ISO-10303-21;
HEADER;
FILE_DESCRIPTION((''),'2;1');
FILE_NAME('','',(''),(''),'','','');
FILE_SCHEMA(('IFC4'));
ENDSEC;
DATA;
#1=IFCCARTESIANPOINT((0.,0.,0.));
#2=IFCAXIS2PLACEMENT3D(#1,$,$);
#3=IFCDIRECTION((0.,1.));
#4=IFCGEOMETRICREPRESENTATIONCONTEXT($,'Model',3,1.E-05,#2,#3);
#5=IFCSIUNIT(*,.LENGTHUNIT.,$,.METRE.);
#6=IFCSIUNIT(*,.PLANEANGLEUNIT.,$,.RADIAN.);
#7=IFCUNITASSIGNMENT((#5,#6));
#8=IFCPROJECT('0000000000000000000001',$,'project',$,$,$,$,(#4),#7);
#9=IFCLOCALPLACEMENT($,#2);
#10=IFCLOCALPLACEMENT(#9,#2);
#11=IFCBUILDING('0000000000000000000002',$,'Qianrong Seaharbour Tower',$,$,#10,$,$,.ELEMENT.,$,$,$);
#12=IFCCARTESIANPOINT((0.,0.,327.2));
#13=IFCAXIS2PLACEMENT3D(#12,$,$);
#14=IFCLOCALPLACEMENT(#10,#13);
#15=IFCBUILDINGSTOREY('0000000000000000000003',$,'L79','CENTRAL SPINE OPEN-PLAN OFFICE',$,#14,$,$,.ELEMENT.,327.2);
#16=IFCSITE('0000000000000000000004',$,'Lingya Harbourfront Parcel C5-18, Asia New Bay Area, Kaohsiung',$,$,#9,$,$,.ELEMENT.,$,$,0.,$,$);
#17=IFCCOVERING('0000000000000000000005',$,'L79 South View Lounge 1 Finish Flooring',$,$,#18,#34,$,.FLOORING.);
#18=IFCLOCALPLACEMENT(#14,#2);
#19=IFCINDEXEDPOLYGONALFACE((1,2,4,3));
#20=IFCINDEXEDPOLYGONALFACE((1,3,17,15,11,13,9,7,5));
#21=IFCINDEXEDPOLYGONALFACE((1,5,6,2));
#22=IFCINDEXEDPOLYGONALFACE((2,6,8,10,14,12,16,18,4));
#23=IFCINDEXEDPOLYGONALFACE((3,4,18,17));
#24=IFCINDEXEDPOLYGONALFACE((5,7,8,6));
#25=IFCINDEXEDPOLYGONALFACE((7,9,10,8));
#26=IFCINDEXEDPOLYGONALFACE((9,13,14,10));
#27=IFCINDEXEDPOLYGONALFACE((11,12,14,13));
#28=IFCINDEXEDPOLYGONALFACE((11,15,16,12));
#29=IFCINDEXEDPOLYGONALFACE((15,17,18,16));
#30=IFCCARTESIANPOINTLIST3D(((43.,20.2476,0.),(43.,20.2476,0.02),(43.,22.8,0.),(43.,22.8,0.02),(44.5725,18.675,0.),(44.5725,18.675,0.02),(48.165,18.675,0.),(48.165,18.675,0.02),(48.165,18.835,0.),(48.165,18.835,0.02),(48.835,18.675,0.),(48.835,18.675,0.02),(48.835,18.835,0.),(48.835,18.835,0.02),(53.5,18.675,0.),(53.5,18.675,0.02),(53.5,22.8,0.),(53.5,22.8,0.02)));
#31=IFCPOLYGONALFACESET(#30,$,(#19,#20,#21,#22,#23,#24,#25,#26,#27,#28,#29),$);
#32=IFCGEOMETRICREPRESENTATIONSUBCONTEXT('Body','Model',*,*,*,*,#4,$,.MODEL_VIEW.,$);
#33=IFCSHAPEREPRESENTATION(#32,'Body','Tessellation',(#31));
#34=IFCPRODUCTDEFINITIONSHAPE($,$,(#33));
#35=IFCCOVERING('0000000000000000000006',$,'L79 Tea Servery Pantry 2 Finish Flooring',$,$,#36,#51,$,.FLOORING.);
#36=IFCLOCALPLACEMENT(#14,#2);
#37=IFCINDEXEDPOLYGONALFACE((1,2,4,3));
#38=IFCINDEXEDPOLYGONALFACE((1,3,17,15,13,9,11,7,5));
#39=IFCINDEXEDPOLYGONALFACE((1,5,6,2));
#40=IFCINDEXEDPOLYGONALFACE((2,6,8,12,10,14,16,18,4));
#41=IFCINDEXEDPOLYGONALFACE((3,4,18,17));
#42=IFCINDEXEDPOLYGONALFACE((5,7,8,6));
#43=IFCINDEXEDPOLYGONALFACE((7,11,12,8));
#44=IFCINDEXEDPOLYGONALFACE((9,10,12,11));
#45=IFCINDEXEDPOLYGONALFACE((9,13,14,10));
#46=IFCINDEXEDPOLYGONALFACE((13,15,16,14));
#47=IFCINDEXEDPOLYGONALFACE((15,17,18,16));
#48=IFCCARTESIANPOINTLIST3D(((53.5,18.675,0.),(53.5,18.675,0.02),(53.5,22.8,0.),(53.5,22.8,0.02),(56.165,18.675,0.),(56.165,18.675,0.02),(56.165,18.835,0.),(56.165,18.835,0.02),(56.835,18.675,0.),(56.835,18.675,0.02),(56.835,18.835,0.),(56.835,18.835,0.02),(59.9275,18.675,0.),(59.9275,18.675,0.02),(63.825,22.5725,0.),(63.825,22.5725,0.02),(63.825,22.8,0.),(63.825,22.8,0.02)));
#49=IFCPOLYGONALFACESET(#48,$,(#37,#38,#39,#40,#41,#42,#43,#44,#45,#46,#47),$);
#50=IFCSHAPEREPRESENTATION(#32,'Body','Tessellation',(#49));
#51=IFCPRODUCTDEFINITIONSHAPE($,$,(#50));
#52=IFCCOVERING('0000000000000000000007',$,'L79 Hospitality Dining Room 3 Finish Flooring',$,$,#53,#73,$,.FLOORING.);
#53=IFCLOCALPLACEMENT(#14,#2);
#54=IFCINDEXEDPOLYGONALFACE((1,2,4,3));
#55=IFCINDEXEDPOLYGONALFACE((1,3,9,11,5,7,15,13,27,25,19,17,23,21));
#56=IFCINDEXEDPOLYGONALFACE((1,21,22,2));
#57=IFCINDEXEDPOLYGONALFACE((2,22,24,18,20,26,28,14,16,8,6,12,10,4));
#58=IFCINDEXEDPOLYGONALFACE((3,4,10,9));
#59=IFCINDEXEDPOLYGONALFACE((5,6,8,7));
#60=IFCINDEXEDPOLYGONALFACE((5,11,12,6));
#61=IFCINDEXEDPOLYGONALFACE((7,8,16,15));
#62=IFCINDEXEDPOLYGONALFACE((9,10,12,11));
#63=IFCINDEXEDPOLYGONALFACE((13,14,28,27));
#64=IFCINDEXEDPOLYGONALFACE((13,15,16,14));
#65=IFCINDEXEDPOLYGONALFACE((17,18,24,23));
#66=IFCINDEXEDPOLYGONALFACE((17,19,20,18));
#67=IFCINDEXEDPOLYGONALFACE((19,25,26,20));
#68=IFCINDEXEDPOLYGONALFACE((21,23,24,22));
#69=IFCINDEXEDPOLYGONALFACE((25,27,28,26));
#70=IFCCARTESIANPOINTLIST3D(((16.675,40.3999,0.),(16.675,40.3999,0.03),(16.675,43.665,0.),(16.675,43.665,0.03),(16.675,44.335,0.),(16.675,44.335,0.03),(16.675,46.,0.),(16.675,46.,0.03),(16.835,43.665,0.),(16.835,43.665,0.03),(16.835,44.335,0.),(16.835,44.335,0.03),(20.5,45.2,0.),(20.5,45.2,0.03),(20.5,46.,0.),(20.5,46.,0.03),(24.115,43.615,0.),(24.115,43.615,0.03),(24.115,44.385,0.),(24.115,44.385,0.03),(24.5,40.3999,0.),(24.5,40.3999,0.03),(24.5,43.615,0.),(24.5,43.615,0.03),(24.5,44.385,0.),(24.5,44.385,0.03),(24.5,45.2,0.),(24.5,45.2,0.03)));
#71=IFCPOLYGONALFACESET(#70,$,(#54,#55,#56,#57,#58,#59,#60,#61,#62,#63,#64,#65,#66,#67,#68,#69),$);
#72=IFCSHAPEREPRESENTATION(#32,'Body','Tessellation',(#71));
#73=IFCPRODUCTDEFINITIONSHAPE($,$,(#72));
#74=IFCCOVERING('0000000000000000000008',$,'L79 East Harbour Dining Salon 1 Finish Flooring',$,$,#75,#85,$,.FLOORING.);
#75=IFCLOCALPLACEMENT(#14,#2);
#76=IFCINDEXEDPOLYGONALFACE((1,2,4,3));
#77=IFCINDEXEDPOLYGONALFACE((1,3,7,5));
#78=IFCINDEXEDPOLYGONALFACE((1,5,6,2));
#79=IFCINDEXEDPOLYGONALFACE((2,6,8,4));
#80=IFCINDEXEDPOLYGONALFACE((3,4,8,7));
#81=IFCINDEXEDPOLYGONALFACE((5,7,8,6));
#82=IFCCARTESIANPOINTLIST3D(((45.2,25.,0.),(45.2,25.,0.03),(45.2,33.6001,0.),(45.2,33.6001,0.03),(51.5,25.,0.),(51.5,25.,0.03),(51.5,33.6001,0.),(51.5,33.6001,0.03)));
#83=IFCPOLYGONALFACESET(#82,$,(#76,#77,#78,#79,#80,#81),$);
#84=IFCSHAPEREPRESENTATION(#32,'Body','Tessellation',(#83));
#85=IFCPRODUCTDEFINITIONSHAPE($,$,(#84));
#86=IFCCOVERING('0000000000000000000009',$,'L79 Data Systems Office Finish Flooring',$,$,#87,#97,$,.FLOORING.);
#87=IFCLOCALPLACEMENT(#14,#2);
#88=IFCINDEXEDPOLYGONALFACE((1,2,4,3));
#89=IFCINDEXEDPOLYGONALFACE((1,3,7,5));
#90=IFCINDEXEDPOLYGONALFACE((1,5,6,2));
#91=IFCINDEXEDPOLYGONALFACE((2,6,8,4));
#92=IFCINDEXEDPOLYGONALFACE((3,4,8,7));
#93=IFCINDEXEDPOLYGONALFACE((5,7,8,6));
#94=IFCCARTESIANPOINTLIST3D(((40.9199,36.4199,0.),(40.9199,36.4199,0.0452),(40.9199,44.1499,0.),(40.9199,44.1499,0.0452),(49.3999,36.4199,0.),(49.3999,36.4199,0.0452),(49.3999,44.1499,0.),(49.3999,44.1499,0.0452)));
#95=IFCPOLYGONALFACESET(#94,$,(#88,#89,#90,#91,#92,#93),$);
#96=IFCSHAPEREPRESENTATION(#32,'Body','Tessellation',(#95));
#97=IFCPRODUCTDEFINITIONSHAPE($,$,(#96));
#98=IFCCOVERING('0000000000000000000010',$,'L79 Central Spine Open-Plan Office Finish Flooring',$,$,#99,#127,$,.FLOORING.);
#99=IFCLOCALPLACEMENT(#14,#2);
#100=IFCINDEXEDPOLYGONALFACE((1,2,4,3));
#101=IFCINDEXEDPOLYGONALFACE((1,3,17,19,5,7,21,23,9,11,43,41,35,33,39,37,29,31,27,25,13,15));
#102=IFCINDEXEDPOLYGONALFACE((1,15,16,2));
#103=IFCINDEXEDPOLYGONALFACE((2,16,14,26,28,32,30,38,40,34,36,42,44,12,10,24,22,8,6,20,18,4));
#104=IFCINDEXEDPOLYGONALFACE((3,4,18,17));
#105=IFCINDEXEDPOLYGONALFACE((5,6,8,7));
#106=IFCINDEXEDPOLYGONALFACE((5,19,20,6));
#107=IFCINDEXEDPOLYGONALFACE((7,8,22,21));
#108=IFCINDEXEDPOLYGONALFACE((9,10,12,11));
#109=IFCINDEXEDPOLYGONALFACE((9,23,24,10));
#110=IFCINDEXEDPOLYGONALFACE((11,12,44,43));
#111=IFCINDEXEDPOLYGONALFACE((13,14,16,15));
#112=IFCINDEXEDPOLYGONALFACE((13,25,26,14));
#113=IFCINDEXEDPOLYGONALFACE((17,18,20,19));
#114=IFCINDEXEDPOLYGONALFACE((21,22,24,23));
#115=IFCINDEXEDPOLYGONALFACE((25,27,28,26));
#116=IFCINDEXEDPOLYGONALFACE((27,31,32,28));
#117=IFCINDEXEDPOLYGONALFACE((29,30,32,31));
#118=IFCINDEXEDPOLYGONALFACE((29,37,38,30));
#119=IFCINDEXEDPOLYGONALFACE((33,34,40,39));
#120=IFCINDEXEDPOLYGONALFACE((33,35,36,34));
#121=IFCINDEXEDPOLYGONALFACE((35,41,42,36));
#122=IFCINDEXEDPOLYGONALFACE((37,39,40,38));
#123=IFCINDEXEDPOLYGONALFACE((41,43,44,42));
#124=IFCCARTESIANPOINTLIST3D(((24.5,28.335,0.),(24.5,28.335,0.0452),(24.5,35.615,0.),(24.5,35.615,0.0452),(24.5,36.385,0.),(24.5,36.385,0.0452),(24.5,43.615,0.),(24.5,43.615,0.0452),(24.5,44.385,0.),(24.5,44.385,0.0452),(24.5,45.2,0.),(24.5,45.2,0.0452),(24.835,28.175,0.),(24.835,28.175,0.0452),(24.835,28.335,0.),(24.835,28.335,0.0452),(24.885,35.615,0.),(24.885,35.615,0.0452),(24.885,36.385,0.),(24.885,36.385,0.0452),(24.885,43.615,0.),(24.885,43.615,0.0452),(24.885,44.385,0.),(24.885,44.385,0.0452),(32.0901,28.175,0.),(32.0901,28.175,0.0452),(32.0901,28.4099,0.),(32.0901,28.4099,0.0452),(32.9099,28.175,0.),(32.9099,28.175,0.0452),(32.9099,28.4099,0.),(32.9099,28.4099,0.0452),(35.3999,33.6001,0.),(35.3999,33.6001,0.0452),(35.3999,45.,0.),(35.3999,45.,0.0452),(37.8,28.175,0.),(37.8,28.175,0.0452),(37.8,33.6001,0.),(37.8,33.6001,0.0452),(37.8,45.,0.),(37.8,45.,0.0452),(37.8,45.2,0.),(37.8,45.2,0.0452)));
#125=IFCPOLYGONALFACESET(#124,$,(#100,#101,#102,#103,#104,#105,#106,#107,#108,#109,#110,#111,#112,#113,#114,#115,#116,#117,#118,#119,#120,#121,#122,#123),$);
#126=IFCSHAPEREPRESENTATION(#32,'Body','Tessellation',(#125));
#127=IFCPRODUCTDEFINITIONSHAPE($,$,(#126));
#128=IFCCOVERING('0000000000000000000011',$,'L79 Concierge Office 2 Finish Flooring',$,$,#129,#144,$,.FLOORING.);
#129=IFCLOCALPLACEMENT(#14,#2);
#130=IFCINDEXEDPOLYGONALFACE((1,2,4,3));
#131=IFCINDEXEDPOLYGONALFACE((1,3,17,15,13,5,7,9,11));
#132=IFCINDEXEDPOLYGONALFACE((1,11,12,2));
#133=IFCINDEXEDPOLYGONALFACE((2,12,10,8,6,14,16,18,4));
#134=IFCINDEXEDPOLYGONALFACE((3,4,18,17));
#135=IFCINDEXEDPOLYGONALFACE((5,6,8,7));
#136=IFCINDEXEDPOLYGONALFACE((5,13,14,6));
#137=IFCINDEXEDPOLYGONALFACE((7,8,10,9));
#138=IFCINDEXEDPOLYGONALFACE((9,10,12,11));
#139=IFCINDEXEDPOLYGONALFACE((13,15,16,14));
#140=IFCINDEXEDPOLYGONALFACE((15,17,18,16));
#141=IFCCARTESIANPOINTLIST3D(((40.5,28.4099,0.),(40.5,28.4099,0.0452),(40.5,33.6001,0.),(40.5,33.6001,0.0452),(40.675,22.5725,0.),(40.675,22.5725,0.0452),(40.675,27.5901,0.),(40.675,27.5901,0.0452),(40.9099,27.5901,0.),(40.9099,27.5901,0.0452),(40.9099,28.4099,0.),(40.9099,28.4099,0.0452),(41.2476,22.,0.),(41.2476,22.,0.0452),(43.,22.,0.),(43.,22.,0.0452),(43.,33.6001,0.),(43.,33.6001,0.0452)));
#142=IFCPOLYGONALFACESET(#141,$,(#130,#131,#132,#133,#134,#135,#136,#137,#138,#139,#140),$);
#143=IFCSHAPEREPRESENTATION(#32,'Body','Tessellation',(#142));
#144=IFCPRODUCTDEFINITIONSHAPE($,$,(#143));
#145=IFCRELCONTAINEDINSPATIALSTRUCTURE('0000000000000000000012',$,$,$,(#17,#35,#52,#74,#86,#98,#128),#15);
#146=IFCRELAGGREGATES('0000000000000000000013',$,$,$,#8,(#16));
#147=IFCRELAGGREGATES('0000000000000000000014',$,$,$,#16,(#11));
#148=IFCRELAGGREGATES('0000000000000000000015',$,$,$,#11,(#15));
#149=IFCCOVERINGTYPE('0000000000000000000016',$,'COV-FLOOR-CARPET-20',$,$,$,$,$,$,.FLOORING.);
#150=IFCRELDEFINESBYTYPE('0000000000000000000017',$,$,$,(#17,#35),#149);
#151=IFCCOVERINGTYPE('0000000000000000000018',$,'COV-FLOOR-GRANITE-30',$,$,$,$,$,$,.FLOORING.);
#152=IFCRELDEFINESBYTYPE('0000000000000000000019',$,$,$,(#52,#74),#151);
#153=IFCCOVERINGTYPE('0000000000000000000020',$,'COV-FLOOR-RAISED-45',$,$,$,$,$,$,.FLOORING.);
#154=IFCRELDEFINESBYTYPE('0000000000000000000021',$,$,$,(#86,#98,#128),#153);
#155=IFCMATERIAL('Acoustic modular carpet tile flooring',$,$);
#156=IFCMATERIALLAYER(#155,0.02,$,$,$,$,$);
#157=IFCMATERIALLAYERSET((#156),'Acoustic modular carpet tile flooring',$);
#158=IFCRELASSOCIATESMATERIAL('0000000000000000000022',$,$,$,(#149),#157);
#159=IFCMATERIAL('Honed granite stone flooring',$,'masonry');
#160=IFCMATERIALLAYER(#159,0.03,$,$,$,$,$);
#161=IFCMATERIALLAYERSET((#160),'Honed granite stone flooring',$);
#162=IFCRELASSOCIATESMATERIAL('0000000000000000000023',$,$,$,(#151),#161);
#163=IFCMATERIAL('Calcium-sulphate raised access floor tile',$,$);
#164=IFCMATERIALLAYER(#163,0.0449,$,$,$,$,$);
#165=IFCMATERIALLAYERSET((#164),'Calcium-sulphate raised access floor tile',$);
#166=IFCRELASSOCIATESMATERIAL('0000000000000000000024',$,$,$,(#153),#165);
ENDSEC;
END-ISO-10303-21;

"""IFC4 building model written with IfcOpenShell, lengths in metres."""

from ifc_helpers import new_model, si_unit, direction, frame, origin, place, context, subcontext, project, spatial, polyline, outline, extrude, material, layer, layer_set, type_object, element, save


model = new_model("IFC4")

# Units and contexts
model_context = context("Model", 3, precision=1e-05, world=origin(), true_north=direction((0.0, 1.0)))
body_context = subcontext(model_context, "Body", "Model", "MODEL_VIEW")
ifc_project = project(units=[si_unit("LENGTHUNIT", "METRE"), si_unit("PLANEANGLEUNIT", "RADIAN")], contexts=[model_context])

# Site, building, storey
site_placement = place(None, origin())
site = spatial("IfcSite", under=ifc_project, at=site_placement, Name="Lingya Harbourfront Parcel C5-18, Asia New Bay Area, Kaohsiung", CompositionType="ELEMENT", RefElevation=0.0)
building_placement = place(site_placement, origin())
building = spatial("IfcBuilding", under=site, at=building_placement, Name="Qianrong Seaharbour Tower", CompositionType="ELEMENT")
storey_placement = place(building_placement, frame((0.0, 0.0, 327.2)))
storey = spatial("IfcBuildingStorey", under=building, at=storey_placement, Name="L79", Description="CENTRAL SPINE OPEN-PLAN OFFICE", CompositionType="ELEMENT", Elevation=327.2)

# Coverings
ifc_material_1 = material(Name="Acoustic modular carpet tile flooring")
ifc_layer_1 = layer(ifc_material_1, 0.02)
ifc_layer_set_1 = layer_set([ifc_layer_1], Name="Acoustic modular carpet tile flooring")
covering_type_1 = type_object("IfcCoveringType", Name="COV-FLOOR-CARPET-20", PredefinedType="FLOORING", material=ifc_layer_set_1)
covering_1_placement = place(storey_placement, origin())
element("IfcCovering", 1, at=covering_1_placement, inside=storey, type_object=covering_type_1, Name="L79 South View Lounge 1 Finish Flooring", PredefinedType="FLOORING", context=body_context, shape_type="SweptSolid", body=[
    extrude(outline(polyline([(53.5, 18.675), (48.835, 18.675), (48.835, 18.835), (48.165, 18.835), (48.165, 18.675), (44.5725, 18.675), (43.0, 20.2476), (43.0, 22.8), (53.5, 22.8), (53.5, 18.675)])), origin(), (0.0, 0.0, 1.0), 0.02),
])
covering_2_placement = place(storey_placement, origin())
element("IfcCovering", 2, at=covering_2_placement, inside=storey, type_object=covering_type_1, Name="L79 Tea Servery Pantry 2 Finish Flooring", PredefinedType="FLOORING", context=body_context, shape_type="SweptSolid", body=[
    extrude(outline(polyline([(63.825, 22.5725), (59.9275, 18.675), (56.835, 18.675), (56.835, 18.835), (56.165, 18.835), (56.165, 18.675), (53.5, 18.675), (53.5, 22.8), (63.825, 22.8), (63.825, 22.5725)])), origin(), (0.0, 0.0, 1.0), 0.02),
])
ifc_material_2 = material(Name="Honed granite stone flooring", Category="masonry")
ifc_layer_2 = layer(ifc_material_2, 0.03)
ifc_layer_set_2 = layer_set([ifc_layer_2], Name="Honed granite stone flooring")
covering_type_2 = type_object("IfcCoveringType", Name="COV-FLOOR-GRANITE-30", PredefinedType="FLOORING", material=ifc_layer_set_2)
covering_3_placement = place(storey_placement, origin())
element("IfcCovering", 3, at=covering_3_placement, inside=storey, type_object=covering_type_2, Name="L79 Hospitality Dining Room 3 Finish Flooring", PredefinedType="FLOORING", context=body_context, shape_type="SweptSolid", body=[
    extrude(outline(polyline([(16.675, 40.3999), (16.675, 43.665), (16.835, 43.665), (16.835, 44.335), (16.675, 44.335), (16.675, 46.0), (20.5, 46.0), (20.5, 45.2), (24.5, 45.2), (24.5, 44.385), (24.115, 44.385), (24.115, 43.615), (24.5, 43.615), (24.5, 40.3999), (16.675, 40.3999)])), origin(), (0.0, 0.0, 1.0), 0.03),
])
covering_4_placement = place(storey_placement, origin())
element("IfcCovering", 4, at=covering_4_placement, inside=storey, type_object=covering_type_2, Name="L79 East Harbour Dining Salon 1 Finish Flooring", PredefinedType="FLOORING", context=body_context, shape_type="SweptSolid", body=[
    extrude(outline(polyline([(51.5, 33.6001), (51.5, 25.0), (45.2, 25.0), (45.2, 33.6001), (51.5, 33.6001)])), origin(), (0.0, 0.0, 1.0), 0.03),
])
ifc_material_3 = material(Name="Calcium-sulphate raised access floor tile")
ifc_layer_3 = layer(ifc_material_3, 0.0449)
ifc_layer_set_3 = layer_set([ifc_layer_3], Name="Calcium-sulphate raised access floor tile")
covering_type_3 = type_object("IfcCoveringType", Name="COV-FLOOR-RAISED-45", PredefinedType="FLOORING", material=ifc_layer_set_3)
covering_5_placement = place(storey_placement, origin())
element("IfcCovering", 5, at=covering_5_placement, inside=storey, type_object=covering_type_3, Name="L79 Data Systems Office Finish Flooring", PredefinedType="FLOORING", context=body_context, shape_type="SweptSolid", body=[
    extrude(outline(polyline([(49.3999, 44.1499), (49.3999, 36.4199), (40.9199, 36.4199), (40.9199, 44.1499), (49.3999, 44.1499)])), origin(), (0.0, 0.0, 1.0), 0.0452),
])
covering_6_placement = place(storey_placement, origin())
element("IfcCovering", 6, at=covering_6_placement, inside=storey, type_object=covering_type_3, Name="L79 Central Spine Open-Plan Office Finish Flooring", PredefinedType="FLOORING", context=body_context, shape_type="SweptSolid", body=[
    extrude(outline(polyline([(24.5, 35.615), (24.885, 35.615), (24.885, 36.385), (24.5, 36.385), (24.5, 43.615), (24.885, 43.615), (24.885, 44.385), (24.5, 44.385), (24.5, 45.2), (37.8, 45.2), (37.8, 45.0), (35.3999, 45.0), (35.3999, 33.6001), (37.8, 33.6001), (37.8, 28.175), (32.9099, 28.175), (32.9099, 28.4099), (32.0901, 28.4099), (32.0901, 28.175), (24.835, 28.175), (24.835, 28.335), (24.5, 28.335), (24.5, 35.615)])), origin(), (0.0, 0.0, 1.0), 0.0452),
])
covering_7_placement = place(storey_placement, origin())
element("IfcCovering", 7, at=covering_7_placement, inside=storey, type_object=covering_type_3, Name="L79 Concierge Office 2 Finish Flooring", PredefinedType="FLOORING", context=body_context, shape_type="SweptSolid", body=[
    extrude(outline(polyline([(43.0, 22.0), (41.2476, 22.0), (40.675, 22.5725), (40.675, 27.5901), (40.9099, 27.5901), (40.9099, 28.4099), (40.5, 28.4099), (40.5, 33.6001), (43.0, 33.6001), (43.0, 22.0)])), origin(), (0.0, 0.0, 1.0), 0.0452),
])

save(model, "model.ifc")
